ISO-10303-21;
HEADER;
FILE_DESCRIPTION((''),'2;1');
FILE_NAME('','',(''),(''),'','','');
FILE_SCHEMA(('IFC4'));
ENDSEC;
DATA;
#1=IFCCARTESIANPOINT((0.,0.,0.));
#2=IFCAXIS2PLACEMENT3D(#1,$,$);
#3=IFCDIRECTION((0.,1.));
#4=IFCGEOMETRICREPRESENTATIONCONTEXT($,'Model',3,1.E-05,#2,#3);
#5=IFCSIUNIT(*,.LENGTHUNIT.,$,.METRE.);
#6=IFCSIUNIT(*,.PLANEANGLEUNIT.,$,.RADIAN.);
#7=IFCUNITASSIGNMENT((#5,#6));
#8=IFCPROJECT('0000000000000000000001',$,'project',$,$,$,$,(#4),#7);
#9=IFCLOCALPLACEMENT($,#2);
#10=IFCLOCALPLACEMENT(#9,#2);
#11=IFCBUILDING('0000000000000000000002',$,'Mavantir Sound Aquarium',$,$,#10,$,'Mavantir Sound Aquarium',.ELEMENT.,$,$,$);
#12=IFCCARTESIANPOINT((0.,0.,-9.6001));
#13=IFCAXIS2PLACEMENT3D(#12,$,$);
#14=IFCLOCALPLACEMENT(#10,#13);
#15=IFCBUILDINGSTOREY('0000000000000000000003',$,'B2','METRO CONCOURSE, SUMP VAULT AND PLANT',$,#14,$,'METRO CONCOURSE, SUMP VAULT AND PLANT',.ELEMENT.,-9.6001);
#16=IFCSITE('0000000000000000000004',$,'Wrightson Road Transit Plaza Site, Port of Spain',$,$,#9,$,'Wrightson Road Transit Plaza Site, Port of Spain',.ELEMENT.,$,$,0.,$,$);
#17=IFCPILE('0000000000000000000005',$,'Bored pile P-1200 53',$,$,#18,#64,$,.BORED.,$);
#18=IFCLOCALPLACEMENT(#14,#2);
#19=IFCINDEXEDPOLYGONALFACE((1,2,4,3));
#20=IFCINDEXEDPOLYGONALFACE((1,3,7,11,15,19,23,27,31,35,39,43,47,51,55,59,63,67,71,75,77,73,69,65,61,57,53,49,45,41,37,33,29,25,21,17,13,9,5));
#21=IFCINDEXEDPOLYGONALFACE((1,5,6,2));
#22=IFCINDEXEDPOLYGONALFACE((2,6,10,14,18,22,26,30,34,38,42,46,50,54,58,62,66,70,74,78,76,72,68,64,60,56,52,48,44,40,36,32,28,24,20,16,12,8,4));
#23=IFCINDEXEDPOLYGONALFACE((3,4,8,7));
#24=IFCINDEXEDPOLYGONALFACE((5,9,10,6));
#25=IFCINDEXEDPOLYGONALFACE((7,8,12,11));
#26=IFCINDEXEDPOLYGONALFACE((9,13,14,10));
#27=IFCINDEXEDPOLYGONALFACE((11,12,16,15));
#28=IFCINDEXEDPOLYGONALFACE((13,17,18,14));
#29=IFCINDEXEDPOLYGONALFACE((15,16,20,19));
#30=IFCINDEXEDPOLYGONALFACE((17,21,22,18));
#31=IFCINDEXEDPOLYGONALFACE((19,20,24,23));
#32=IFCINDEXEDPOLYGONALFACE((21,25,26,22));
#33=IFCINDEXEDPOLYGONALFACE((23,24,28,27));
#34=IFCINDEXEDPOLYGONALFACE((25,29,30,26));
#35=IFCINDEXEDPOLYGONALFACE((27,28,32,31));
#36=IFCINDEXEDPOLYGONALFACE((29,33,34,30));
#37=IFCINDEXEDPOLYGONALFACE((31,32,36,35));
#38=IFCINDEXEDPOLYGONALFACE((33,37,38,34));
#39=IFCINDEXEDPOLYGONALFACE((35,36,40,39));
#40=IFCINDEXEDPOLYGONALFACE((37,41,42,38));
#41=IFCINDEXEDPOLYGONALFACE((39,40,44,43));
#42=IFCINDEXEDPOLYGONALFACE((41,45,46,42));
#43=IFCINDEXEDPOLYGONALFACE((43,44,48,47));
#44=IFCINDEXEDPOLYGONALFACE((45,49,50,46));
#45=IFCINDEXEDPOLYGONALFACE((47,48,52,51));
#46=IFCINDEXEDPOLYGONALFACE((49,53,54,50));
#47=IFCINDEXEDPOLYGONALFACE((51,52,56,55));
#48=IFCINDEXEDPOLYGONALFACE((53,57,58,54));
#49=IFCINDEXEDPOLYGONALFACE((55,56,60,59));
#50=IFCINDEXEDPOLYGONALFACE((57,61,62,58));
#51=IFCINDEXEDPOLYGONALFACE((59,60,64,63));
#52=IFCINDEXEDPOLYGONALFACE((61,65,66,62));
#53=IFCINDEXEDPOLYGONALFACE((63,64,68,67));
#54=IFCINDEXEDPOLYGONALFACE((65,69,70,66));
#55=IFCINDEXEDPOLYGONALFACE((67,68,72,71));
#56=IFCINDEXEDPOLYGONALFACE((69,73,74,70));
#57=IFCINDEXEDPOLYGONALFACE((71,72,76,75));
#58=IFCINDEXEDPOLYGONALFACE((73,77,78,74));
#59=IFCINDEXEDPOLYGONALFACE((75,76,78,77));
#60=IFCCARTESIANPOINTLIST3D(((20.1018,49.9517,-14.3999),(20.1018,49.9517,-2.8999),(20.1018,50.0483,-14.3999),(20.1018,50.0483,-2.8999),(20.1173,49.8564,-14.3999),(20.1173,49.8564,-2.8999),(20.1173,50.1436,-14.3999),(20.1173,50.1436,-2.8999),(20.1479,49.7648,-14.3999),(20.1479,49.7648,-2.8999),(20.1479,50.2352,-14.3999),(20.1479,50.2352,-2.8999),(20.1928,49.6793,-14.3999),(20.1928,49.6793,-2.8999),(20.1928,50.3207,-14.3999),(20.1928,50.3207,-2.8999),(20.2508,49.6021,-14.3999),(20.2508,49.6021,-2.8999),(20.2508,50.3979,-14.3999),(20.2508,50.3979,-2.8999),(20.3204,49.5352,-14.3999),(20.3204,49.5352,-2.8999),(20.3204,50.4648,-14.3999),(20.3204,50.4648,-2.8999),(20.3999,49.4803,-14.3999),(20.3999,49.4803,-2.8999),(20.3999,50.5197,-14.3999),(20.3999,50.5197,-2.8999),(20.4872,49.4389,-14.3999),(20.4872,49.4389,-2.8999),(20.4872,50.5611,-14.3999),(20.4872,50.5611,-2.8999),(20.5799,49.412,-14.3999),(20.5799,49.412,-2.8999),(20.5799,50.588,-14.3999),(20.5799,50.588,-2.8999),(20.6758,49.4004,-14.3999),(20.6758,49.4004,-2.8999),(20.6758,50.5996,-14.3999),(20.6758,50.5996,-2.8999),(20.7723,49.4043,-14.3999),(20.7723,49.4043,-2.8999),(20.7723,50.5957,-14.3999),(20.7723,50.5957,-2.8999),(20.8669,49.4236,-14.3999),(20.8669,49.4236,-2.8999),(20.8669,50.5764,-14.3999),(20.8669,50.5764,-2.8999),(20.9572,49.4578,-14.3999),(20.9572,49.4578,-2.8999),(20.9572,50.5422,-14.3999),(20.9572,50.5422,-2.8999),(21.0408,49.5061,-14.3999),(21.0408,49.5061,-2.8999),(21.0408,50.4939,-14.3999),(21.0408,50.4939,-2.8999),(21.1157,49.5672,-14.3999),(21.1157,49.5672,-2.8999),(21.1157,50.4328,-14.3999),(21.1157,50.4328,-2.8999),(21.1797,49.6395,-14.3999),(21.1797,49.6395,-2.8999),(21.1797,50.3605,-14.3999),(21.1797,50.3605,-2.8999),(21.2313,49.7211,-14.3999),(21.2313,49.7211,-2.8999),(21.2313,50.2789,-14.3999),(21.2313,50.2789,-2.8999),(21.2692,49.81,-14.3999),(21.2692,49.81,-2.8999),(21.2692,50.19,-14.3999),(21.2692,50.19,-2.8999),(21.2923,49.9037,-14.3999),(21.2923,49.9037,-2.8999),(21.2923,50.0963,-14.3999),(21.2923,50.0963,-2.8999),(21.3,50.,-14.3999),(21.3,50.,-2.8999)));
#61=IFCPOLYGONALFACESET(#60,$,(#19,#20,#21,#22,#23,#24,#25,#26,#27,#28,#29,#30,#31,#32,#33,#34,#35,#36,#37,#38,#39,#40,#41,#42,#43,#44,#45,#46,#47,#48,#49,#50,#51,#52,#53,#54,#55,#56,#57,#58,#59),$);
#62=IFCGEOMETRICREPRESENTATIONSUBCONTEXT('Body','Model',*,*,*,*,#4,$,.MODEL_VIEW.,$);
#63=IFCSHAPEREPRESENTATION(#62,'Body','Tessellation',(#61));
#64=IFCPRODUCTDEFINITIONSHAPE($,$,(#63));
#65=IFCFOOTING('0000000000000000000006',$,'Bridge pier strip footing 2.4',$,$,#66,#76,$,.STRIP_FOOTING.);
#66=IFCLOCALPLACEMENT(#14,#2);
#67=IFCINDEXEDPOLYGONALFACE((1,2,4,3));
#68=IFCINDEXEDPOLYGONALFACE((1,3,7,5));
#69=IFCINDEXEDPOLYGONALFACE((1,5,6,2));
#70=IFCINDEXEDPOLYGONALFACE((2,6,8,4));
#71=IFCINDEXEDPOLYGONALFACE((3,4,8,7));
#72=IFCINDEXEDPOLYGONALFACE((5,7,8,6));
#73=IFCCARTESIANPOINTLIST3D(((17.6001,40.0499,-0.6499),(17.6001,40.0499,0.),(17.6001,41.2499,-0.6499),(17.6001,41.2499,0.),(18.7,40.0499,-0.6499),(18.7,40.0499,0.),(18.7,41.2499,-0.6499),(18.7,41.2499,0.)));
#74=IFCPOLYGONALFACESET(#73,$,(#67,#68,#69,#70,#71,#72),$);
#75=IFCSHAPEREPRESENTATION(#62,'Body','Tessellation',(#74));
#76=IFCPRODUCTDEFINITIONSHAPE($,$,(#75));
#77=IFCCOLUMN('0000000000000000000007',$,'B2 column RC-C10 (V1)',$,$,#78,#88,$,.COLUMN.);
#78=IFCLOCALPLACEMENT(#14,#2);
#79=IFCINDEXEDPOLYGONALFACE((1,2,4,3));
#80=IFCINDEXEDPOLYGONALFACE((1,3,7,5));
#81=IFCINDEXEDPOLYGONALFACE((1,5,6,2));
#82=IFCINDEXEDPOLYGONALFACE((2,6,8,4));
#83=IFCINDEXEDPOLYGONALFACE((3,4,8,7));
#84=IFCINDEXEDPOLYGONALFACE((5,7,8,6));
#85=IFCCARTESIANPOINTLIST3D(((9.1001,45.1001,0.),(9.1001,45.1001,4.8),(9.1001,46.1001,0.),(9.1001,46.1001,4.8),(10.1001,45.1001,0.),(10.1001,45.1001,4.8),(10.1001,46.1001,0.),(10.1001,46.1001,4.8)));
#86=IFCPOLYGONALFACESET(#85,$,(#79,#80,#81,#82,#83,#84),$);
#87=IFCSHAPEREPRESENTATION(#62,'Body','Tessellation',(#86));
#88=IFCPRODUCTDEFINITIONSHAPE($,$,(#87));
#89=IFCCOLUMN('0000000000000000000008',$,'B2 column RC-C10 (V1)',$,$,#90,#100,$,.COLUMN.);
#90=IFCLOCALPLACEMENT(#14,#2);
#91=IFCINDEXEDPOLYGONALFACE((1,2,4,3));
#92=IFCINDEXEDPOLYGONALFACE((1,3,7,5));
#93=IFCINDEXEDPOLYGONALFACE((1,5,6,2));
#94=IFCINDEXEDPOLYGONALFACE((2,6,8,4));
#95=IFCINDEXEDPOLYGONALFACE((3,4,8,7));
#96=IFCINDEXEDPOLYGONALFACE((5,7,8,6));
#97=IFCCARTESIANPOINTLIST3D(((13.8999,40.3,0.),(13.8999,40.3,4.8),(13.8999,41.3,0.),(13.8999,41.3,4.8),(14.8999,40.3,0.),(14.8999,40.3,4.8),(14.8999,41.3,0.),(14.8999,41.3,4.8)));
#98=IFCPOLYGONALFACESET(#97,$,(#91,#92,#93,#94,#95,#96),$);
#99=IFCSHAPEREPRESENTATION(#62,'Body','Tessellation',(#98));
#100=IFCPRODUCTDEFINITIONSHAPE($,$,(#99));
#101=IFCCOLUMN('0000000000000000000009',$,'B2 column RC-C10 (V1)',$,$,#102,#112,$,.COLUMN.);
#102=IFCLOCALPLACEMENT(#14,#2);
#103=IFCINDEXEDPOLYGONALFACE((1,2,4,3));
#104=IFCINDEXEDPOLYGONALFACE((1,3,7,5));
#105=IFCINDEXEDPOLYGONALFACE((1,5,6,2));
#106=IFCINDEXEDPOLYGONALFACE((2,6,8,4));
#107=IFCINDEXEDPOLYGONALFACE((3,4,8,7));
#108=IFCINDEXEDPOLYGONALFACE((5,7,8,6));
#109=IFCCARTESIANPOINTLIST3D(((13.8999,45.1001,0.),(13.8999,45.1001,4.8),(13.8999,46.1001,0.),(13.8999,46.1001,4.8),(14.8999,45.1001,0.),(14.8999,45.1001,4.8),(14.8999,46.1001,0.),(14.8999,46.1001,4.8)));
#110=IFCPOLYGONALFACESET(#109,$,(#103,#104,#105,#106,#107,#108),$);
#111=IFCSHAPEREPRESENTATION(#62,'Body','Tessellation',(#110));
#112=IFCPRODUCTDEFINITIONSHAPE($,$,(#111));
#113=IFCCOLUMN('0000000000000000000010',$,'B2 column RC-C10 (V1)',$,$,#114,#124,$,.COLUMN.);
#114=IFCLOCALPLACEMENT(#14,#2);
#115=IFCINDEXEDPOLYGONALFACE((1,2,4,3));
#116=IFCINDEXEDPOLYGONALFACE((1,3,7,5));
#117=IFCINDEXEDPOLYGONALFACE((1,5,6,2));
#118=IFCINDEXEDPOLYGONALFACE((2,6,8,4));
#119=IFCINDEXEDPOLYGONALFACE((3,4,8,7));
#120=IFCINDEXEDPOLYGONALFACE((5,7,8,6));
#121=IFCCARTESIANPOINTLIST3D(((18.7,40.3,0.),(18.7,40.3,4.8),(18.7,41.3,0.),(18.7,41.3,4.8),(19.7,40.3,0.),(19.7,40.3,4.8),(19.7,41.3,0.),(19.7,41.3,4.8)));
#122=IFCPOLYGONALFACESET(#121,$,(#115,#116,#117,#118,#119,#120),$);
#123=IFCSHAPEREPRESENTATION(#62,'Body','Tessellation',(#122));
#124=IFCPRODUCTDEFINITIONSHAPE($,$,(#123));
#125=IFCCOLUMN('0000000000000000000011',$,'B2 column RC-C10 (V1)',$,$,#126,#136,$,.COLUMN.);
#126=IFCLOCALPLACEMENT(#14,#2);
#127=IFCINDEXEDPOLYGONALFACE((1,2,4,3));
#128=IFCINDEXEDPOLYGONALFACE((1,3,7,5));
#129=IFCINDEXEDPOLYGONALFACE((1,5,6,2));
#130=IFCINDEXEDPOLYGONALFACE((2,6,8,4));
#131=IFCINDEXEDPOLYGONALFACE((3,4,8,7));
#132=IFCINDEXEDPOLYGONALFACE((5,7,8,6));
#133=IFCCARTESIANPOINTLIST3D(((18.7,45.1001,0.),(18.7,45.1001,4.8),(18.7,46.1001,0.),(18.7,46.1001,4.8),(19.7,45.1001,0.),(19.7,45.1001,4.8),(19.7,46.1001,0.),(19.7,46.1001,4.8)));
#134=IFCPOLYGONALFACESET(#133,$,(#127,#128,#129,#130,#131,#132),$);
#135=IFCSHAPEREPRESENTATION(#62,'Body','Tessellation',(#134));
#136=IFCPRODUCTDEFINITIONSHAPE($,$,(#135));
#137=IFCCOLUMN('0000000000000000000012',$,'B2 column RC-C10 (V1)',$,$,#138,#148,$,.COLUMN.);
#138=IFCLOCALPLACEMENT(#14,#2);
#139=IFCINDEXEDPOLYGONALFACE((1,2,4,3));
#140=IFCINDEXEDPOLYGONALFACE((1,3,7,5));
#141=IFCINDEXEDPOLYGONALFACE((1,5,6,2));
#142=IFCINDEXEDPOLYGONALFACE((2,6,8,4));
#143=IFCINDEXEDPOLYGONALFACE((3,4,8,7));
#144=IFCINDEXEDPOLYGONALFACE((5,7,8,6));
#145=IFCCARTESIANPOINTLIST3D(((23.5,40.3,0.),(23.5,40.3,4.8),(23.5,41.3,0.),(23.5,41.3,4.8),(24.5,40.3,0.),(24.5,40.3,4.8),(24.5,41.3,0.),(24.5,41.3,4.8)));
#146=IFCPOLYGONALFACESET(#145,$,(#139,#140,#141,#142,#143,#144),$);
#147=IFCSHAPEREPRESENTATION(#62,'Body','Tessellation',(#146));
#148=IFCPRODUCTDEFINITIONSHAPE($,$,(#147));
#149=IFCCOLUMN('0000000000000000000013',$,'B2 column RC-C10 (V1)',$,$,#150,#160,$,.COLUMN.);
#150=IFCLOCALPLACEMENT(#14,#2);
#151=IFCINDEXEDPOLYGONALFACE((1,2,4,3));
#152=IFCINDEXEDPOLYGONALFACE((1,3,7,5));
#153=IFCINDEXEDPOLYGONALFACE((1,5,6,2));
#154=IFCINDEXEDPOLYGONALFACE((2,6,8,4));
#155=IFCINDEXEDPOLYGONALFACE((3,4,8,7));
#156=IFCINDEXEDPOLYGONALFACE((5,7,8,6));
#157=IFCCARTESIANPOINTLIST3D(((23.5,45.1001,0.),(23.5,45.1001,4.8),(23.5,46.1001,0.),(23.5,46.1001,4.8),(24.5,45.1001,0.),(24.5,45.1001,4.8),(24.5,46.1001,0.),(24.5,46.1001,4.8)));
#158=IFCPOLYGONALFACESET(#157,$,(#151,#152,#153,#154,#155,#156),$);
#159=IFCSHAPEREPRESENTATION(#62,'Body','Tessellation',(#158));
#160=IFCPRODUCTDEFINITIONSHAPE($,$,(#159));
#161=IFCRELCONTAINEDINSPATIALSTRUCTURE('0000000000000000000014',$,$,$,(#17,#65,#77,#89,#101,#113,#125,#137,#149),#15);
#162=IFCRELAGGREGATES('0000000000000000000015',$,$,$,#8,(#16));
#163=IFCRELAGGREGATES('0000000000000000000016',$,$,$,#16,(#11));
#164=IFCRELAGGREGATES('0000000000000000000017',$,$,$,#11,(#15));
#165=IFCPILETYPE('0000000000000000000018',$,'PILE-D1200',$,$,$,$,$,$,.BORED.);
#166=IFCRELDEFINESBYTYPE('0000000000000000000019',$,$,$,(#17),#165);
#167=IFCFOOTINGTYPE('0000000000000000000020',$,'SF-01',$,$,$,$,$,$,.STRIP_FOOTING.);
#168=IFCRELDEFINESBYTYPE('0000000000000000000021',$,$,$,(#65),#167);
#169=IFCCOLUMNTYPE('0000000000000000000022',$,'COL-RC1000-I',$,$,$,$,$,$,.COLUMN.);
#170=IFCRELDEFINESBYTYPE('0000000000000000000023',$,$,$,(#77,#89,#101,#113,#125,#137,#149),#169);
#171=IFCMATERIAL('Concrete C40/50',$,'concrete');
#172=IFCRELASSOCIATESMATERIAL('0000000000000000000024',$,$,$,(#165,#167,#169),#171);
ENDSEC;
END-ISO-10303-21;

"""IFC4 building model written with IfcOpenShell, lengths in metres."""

from ifc_helpers import new_model, si_unit, direction, frame, origin, origin_2d, place, context, subcontext, project, spatial, rectangle, circle, extrude, material, material_profile, profile_set, type_object, element, save


model = new_model("IFC4")

# Units and contexts
model_context = context("Model", 3, precision=1e-05, world=origin(), true_north=direction((0.0, 1.0)))
body_context = subcontext(model_context, "Body", "Model", "MODEL_VIEW")
ifc_project = project(units=[si_unit("LENGTHUNIT", "METRE"), si_unit("PLANEANGLEUNIT", "RADIAN")], contexts=[model_context])

# Site, building, storey
site_placement = place(None, origin())
site = spatial("IfcSite", under=ifc_project, at=site_placement, Name="Wrightson Road Transit Plaza Site, Port of Spain", LongName="Wrightson Road Transit Plaza Site, Port of Spain", CompositionType="ELEMENT", RefElevation=0.0)
building_placement = place(site_placement, origin())
building = spatial("IfcBuilding", under=site, at=building_placement, Name="Mavantir Sound Aquarium", LongName="Mavantir Sound Aquarium", CompositionType="ELEMENT")
storey_placement = place(building_placement, frame((0.0, 0.0, -9.6001)))
storey = spatial("IfcBuildingStorey", under=building, at=storey_placement, Name="B2", Description="METRO CONCOURSE, SUMP VAULT AND PLANT", LongName="METRO CONCOURSE, SUMP VAULT AND PLANT", CompositionType="ELEMENT", Elevation=-9.6001)

# Pile
ifc_material_1 = material(Name="Concrete C40/50", Category="concrete")
ifc_material_profile_1 = material_profile(ifc_material_1, circle(Radius=0.6001, at=origin_2d()), Name="PILE D1200")
ifc_profile_set_1 = profile_set([ifc_material_profile_1], Name="Concrete C40/50")
pile_type = type_object("IfcPileType", Name="PILE-D1200", PredefinedType="BORED", material=ifc_profile_set_1)
for number, where, z_axis, x_axis, name in (
    (1, (20.7, 50.0, -2.8999), (0.0, 0.0, -1.0), (1.0, 0.0, 0.0), "Bored pile P-1200 53"),
):
    element("IfcPile", number, at=place(storey_placement, frame(where, z_axis=z_axis, x_axis=x_axis)), inside=storey, type_object=pile_type, Name=name, PredefinedType="BORED", context=body_context, shape_type="SweptSolid", body=[
        extrude(circle(Radius=0.6001, at=origin_2d()), origin(), (0.0, 0.0, 1.0), 11.5),
    ])

# Footing
ifc_material_profile_2 = material_profile(ifc_material_1, rectangle(XDim=1.2, YDim=0.6499, at=origin_2d()), Name="RC 1200X650")
ifc_profile_set_2 = profile_set([ifc_material_profile_2], Name="Concrete C40/50")
footing_type = type_object("IfcFootingType", Name="SF-01", PredefinedType="STRIP_FOOTING", material=ifc_profile_set_2)
footing_placement = place(storey_placement, frame((17.6001, 40.6499, -0.325), z_axis=(1.0, 0.0, 0.0), x_axis=(0.0, 1.0, 0.0)))
element("IfcFooting", 2, at=footing_placement, inside=storey, type_object=footing_type, Name="Bridge pier strip footing 2.4", PredefinedType="STRIP_FOOTING", context=body_context, shape_type="SweptSolid", body=[
    extrude(rectangle(XDim=1.2, YDim=0.6499, at=origin_2d()), origin(), (0.0, 0.0, 1.0), 1.0999),
])

# Columns
ifc_material_profile_3 = material_profile(ifc_material_1, rectangle(XDim=1.0, YDim=1.0, at=origin_2d()), Name="RC 1000X1000")
ifc_profile_set_3 = profile_set([ifc_material_profile_3], Name="Concrete C40/50")
column_type_1 = type_object("IfcColumnType", Name="COL-RC1000-I", PredefinedType="COLUMN", material=ifc_profile_set_3)
for number, where, z_axis, x_axis, name in (
    (3, (9.6001, 45.6001, 0.0), (0.0, 0.0, 1.0), (1.0, 0.0, 0.0), "B2 column RC-C10 (V1)"),
    (4, (14.3999, 40.8, 0.0), (0.0, 0.0, 1.0), (1.0, 0.0, 0.0), "B2 column RC-C10 (V1)"),
    (5, (14.3999, 45.6001, 0.0), (0.0, 0.0, 1.0), (1.0, 0.0, 0.0), "B2 column RC-C10 (V1)"),
    (6, (19.2, 40.8, 0.0), (0.0, 0.0, 1.0), (1.0, 0.0, 0.0), "B2 column RC-C10 (V1)"),
    (7, (19.2, 45.6001, 0.0), (0.0, 0.0, 1.0), (1.0, 0.0, 0.0), "B2 column RC-C10 (V1)"),
    (8, (24.0, 40.8, 0.0), (0.0, 0.0, 1.0), (1.0, 0.0, 0.0), "B2 column RC-C10 (V1)"),
    (9, (24.0, 45.6001, 0.0), (0.0, 0.0, 1.0), (1.0, 0.0, 0.0), "B2 column RC-C10 (V1)"),
):
    element("IfcColumn", number, at=place(storey_placement, frame(where, z_axis=z_axis, x_axis=x_axis)), inside=storey, type_object=column_type_1, Name=name, PredefinedType="COLUMN", context=body_context, shape_type="SweptSolid", body=[
        extrude(rectangle(XDim=1.0, YDim=1.0, at=origin_2d()), origin(), (0.0, 0.0, 1.0), 4.8),
    ])

save(model, "model.ifc")
